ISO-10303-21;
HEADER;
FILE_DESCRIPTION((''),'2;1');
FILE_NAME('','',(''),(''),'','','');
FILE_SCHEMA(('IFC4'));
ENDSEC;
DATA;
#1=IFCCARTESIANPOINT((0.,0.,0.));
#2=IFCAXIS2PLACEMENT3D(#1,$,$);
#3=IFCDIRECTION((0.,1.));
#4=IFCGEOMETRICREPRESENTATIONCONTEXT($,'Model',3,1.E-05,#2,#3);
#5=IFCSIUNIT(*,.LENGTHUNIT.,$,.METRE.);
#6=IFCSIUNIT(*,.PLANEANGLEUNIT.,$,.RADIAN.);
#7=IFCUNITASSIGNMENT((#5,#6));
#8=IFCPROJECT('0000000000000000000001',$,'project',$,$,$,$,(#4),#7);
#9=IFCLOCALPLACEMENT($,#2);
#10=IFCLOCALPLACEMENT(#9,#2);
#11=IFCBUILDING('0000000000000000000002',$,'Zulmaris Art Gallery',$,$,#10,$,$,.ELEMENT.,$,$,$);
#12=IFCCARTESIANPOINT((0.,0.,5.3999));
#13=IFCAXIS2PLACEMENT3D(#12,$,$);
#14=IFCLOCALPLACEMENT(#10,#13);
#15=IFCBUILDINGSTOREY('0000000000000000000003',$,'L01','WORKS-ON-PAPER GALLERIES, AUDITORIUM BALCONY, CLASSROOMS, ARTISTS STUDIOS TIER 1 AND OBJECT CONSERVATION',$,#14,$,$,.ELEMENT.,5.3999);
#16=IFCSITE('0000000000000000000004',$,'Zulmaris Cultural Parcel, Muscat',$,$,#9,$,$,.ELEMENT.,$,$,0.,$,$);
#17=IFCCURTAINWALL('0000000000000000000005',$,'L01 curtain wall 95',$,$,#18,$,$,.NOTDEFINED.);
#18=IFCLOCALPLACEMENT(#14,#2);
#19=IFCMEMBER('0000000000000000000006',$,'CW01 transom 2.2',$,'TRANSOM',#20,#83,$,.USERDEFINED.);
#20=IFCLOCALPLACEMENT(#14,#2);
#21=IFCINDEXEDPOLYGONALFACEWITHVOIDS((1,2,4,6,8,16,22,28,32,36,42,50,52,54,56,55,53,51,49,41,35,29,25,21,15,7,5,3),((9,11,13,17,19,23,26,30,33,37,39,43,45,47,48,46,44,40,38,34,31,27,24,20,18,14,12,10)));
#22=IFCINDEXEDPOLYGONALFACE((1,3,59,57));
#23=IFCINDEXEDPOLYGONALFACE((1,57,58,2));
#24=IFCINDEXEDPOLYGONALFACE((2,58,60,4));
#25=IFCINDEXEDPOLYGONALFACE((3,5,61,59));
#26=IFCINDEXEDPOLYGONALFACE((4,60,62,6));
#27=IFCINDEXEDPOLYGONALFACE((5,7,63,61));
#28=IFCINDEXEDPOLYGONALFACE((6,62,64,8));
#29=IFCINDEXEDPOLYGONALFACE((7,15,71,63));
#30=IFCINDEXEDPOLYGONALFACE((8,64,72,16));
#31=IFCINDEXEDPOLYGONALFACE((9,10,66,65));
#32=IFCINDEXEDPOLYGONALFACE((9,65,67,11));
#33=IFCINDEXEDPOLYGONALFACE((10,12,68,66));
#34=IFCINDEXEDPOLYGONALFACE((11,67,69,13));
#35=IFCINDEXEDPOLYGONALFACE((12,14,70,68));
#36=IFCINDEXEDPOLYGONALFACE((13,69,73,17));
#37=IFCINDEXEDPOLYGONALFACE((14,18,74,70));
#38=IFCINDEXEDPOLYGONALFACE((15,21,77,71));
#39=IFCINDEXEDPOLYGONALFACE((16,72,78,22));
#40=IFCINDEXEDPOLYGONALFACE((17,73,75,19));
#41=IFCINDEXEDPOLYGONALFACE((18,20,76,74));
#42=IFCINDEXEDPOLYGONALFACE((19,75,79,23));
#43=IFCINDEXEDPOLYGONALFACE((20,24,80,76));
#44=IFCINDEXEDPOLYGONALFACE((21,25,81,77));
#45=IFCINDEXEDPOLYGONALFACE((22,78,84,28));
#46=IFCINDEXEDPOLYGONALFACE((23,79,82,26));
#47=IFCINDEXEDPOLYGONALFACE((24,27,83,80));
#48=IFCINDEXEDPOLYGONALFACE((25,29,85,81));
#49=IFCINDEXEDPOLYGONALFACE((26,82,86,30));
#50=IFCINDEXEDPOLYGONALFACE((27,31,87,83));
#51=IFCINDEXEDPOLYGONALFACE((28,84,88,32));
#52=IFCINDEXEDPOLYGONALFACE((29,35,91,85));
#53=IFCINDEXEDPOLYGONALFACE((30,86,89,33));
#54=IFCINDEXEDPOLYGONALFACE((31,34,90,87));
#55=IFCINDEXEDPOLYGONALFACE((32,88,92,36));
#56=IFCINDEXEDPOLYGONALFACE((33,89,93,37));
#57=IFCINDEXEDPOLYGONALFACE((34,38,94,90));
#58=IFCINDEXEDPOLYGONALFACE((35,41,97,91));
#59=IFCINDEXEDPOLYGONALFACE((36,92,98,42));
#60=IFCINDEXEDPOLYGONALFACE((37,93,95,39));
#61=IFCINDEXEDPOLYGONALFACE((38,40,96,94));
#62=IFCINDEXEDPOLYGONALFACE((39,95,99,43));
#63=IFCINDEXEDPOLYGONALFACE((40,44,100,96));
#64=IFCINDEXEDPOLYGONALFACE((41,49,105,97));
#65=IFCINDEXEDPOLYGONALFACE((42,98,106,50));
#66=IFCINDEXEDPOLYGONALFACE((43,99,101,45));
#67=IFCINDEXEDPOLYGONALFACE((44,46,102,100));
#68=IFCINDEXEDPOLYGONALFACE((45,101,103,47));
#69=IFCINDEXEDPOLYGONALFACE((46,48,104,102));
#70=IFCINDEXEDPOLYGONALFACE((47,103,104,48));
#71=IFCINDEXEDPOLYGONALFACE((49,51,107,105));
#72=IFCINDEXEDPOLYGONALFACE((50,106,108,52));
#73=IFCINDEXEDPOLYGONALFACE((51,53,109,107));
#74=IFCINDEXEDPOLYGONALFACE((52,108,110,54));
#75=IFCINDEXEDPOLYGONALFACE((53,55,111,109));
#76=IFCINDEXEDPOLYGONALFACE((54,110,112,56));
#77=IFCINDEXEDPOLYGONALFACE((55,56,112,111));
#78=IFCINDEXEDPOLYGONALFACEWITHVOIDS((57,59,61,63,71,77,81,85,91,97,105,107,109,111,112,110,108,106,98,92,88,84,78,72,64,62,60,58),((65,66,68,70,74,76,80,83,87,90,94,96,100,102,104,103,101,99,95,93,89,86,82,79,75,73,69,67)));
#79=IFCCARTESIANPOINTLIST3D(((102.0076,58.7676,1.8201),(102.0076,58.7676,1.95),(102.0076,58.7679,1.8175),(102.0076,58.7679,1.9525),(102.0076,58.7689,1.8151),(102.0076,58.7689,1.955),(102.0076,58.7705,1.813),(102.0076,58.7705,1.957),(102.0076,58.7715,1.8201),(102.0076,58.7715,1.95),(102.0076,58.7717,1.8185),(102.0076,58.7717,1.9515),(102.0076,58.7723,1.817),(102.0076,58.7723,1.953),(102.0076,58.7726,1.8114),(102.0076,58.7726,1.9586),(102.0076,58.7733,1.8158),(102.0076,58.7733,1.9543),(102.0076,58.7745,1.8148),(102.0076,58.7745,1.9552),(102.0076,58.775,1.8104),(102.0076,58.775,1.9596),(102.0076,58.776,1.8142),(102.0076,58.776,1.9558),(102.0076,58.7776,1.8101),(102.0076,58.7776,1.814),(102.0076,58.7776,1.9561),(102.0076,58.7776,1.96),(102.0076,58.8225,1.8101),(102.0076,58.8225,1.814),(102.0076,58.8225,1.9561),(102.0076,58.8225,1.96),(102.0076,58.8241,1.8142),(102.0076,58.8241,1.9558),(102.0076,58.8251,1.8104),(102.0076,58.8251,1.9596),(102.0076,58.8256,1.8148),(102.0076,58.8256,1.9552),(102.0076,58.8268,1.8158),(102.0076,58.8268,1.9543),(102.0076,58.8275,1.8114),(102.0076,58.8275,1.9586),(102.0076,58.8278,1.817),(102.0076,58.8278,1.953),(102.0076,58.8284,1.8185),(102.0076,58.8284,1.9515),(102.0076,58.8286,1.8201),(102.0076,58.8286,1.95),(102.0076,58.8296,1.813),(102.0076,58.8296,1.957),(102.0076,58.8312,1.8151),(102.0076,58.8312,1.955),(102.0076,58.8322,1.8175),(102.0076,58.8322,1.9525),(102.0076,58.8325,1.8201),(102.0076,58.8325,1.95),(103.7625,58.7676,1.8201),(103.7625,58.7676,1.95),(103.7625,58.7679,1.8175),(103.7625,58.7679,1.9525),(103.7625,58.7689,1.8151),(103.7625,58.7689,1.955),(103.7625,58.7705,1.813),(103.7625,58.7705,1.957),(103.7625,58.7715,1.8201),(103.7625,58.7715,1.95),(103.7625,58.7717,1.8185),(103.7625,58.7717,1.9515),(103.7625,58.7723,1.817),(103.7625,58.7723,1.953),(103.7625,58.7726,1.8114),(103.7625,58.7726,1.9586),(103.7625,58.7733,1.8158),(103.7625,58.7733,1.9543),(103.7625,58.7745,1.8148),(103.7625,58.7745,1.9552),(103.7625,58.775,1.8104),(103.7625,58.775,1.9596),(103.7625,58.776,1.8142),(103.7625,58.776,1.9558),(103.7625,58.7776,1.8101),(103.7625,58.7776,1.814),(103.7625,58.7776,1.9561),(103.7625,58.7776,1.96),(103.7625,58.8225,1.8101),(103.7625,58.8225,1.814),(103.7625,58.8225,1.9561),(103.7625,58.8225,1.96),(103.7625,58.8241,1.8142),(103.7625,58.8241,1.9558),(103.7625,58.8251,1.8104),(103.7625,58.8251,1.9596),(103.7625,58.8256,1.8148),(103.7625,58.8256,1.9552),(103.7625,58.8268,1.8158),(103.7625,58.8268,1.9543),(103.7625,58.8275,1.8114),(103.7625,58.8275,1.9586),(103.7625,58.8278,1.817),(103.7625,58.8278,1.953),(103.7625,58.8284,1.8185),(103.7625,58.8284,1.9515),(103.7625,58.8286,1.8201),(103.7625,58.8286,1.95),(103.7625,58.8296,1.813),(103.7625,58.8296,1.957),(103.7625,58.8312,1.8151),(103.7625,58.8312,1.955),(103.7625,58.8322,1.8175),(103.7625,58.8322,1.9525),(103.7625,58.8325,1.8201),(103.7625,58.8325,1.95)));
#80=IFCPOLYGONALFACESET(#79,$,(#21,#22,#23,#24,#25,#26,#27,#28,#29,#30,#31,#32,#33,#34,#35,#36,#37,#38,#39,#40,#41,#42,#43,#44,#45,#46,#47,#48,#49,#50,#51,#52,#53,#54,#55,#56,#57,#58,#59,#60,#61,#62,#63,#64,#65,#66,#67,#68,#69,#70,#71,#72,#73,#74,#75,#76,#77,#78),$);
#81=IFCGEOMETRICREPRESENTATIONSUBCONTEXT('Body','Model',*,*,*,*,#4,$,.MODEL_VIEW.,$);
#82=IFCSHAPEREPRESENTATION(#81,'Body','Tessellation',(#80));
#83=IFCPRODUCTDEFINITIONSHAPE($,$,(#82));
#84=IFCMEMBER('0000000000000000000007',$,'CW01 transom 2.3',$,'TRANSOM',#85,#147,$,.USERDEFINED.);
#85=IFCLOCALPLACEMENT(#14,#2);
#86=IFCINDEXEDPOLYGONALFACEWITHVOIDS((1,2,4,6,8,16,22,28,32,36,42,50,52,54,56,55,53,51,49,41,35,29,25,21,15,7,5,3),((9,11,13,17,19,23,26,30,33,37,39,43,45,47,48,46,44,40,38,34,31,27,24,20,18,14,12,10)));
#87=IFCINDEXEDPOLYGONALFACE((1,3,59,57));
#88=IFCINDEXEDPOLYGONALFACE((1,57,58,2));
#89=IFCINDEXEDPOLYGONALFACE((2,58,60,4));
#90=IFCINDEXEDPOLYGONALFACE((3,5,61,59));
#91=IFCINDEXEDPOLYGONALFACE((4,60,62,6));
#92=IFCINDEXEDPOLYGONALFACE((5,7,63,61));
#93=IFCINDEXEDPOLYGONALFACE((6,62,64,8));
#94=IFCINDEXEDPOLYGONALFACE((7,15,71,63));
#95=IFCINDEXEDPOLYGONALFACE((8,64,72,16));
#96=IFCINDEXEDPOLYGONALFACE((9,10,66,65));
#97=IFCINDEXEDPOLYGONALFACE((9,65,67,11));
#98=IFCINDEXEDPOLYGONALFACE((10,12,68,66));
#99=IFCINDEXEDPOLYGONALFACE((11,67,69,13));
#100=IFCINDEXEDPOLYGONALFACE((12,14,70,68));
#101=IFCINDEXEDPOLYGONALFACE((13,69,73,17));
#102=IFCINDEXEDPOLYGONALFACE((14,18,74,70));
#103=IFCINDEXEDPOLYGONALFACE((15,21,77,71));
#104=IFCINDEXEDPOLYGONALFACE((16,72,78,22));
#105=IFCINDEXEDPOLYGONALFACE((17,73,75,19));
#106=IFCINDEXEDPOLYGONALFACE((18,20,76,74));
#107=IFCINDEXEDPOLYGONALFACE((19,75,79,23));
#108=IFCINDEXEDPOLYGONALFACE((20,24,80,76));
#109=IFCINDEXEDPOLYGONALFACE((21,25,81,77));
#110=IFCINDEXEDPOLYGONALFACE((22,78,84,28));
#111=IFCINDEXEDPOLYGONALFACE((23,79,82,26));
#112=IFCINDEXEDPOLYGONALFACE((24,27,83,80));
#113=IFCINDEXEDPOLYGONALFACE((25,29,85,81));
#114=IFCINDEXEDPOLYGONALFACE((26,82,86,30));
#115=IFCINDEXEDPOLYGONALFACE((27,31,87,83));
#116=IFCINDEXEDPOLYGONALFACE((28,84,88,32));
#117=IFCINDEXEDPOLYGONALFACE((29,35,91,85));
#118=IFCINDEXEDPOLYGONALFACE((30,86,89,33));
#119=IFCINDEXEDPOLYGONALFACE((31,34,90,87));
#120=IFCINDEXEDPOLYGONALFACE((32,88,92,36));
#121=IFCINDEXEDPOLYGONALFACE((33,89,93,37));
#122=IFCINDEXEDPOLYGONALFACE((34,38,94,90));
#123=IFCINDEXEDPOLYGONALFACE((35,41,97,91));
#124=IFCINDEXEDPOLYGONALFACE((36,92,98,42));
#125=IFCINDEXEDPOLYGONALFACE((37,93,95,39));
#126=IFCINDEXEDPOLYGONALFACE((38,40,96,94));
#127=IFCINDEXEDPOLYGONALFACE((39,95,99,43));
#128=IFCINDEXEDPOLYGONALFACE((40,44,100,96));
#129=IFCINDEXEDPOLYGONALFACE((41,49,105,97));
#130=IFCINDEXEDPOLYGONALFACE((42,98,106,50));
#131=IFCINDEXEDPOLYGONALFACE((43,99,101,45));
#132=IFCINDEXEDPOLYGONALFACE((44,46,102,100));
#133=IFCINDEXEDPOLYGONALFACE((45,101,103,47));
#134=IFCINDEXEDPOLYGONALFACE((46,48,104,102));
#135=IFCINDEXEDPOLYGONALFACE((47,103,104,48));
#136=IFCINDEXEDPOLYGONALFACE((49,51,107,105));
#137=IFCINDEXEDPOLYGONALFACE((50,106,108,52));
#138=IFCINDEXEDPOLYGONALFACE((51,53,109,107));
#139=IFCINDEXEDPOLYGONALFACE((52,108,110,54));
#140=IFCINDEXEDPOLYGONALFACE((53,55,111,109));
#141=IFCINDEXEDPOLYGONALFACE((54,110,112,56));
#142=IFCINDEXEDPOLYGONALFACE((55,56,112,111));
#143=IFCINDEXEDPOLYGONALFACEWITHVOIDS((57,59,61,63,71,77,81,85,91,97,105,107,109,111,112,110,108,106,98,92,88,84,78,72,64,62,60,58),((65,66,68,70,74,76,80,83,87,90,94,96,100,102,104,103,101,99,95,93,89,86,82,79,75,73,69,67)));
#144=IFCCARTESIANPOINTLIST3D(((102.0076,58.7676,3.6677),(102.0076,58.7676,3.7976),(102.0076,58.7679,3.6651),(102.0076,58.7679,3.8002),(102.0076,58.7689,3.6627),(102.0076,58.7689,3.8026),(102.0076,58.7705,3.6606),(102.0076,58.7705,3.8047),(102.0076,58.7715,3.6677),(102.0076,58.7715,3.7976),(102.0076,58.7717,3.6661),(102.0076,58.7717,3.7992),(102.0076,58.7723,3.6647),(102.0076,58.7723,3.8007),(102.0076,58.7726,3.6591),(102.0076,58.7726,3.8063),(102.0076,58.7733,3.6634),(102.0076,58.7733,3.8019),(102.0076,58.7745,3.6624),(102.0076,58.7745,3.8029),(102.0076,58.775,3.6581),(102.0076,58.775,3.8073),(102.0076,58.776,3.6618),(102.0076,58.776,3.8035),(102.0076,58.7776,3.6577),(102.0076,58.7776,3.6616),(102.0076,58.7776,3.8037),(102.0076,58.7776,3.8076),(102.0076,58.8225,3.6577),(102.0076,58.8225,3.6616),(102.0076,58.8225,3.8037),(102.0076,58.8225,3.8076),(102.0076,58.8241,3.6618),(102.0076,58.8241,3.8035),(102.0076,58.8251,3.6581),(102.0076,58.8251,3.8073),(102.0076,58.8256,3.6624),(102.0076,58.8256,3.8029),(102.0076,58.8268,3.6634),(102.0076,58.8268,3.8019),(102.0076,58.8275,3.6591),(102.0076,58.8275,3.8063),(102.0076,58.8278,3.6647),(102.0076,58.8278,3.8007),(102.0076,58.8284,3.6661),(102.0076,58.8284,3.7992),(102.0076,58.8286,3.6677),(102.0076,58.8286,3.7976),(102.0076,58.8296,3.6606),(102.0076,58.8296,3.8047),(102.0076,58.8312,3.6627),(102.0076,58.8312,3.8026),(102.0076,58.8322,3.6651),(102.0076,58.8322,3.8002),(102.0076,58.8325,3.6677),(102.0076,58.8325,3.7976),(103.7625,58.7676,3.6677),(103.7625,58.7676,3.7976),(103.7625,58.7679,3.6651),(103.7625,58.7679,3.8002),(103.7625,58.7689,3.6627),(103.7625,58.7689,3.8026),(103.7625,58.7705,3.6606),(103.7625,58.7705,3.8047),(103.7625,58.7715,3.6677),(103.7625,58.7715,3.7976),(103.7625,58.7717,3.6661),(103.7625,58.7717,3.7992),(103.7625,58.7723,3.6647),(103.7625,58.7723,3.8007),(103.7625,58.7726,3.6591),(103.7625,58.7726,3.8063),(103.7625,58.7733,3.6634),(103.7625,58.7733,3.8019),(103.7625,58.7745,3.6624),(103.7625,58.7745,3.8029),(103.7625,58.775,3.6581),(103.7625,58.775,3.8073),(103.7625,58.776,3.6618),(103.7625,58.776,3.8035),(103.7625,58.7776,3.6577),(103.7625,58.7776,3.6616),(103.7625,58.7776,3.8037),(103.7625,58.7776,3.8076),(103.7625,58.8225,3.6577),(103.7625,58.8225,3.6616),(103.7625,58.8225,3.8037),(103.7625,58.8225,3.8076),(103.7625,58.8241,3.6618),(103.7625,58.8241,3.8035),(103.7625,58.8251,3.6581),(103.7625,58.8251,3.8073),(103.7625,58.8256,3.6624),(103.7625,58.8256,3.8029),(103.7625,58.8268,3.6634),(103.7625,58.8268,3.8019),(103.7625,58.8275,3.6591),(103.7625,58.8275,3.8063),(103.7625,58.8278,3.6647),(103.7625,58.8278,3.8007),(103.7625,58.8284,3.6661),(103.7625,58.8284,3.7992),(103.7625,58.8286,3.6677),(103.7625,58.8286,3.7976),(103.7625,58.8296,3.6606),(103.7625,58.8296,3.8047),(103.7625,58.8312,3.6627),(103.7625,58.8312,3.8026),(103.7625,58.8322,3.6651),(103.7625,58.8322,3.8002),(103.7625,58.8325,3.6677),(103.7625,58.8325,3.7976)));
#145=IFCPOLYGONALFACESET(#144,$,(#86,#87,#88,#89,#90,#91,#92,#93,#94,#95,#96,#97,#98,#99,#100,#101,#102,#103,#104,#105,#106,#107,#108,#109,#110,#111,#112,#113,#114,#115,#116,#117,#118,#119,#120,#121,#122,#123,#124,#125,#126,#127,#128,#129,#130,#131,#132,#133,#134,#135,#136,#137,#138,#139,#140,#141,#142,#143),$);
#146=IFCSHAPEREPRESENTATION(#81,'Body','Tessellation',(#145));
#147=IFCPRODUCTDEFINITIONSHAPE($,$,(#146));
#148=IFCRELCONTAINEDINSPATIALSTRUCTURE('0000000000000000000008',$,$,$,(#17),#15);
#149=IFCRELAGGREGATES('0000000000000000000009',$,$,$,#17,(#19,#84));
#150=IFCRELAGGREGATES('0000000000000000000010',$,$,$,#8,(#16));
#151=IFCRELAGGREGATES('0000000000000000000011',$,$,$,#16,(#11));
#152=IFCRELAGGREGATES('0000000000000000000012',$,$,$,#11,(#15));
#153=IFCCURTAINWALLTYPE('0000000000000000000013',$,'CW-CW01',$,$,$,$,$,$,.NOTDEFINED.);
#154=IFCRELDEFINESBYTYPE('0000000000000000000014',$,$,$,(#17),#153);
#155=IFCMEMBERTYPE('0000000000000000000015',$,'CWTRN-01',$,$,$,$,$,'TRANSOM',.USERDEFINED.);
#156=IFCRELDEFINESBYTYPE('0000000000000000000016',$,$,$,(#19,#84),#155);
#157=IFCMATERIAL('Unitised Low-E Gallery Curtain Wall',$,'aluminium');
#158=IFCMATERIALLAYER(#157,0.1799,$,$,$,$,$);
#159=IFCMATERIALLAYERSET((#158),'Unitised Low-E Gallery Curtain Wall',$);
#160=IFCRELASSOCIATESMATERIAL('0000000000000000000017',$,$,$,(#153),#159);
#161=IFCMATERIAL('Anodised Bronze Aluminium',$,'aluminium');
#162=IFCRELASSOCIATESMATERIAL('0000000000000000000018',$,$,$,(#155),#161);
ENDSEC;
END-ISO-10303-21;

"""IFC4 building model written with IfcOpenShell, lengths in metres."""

from ifc_helpers import new_model, si_unit, direction, frame, origin, origin_2d, place, context, subcontext, project, spatial, hollow_rectangle, extrude, material, layer, layer_set, material_profile, profile_set, type_object, element, aggregate, save


model = new_model("IFC4")

# Units and contexts
model_context = context("Model", 3, precision=1e-05, world=origin(), true_north=direction((0.0, 1.0)))
body_context = subcontext(model_context, "Body", "Model", "MODEL_VIEW")
ifc_project = project(units=[si_unit("LENGTHUNIT", "METRE"), si_unit("PLANEANGLEUNIT", "RADIAN")], contexts=[model_context])

# Site, building, storey
site_placement = place(None, origin())
site = spatial("IfcSite", under=ifc_project, at=site_placement, Name="Zulmaris Cultural Parcel, Muscat", CompositionType="ELEMENT", RefElevation=0.0)
building_placement = place(site_placement, origin())
building = spatial("IfcBuilding", under=site, at=building_placement, Name="Zulmaris Art Gallery", CompositionType="ELEMENT")
storey_placement = place(building_placement, frame((0.0, 0.0, 5.3999)))
storey = spatial("IfcBuildingStorey", under=building, at=storey_placement, Name="L01", Description="WORKS-ON-PAPER GALLERIES, AUDITORIUM BALCONY, CLASSROOMS, ARTISTS STUDIOS TIER 1 AND OBJECT CONSERVATION", CompositionType="ELEMENT", Elevation=5.3999)

# Curtain wall, members
ifc_material_1 = material(Name="Unitised Low-E Gallery Curtain Wall", Category="aluminium")
ifc_layer_1 = layer(ifc_material_1, 0.1799)
ifc_layer_set_1 = layer_set([ifc_layer_1], Name="Unitised Low-E Gallery Curtain Wall")
curtain_wall_type = type_object("IfcCurtainWallType", Name="CW-CW01", PredefinedType="NOTDEFINED", material=ifc_layer_set_1)
curtain_wall_placement = place(storey_placement, origin())
curtain_wall = element("IfcCurtainWall", 1, at=curtain_wall_placement, inside=storey, type_object=curtain_wall_type, Name="L01 curtain wall 95", PredefinedType="NOTDEFINED")
ifc_material_2 = material(Name="Anodised Bronze Aluminium", Category="aluminium")
ifc_material_profile_1 = material_profile(ifc_material_2, hollow_rectangle(XDim=0.0649, YDim=0.1499, WallThickness=0.0039, InnerFilletRadius=0.0061, OuterFilletRadius=0.01, at=origin_2d()), Name="ALU 65x150x4")
ifc_profile_set_1 = profile_set([ifc_material_profile_1], Name="Anodised Bronze Aluminium")
member_type_1 = type_object("IfcMemberType", Name="CWTRN-01", ElementType="TRANSOM", PredefinedType="USERDEFINED", material=ifc_profile_set_1)
member_1_placement = place(storey_placement, frame((102.0076, 58.8, 1.885), z_axis=(1.0, 0.0, 0.0), x_axis=(0.0, 1.0, 0.0)))
member_1 = element("IfcMember", 2, at=member_1_placement, type_object=member_type_1, Name="CW01 transom 2.2", ObjectType="TRANSOM", PredefinedType="USERDEFINED", context=body_context, shape_type="SweptSolid", body=[
    extrude(hollow_rectangle(XDim=0.0649, YDim=0.1499, WallThickness=0.0039, InnerFilletRadius=0.0061, OuterFilletRadius=0.01, at=origin_2d()), origin(), (0.0, 0.0, 1.0), 1.7549),
])
member_2_placement = place(storey_placement, frame((102.0076, 58.8, 3.7327), z_axis=(1.0, 0.0, 0.0), x_axis=(0.0, 1.0, 0.0)))
member_2 = element("IfcMember", 3, at=member_2_placement, type_object=member_type_1, Name="CW01 transom 2.3", ObjectType="TRANSOM", PredefinedType="USERDEFINED", context=body_context, shape_type="SweptSolid", body=[
    extrude(hollow_rectangle(XDim=0.0649, YDim=0.1499, WallThickness=0.0039, InnerFilletRadius=0.0061, OuterFilletRadius=0.01, at=origin_2d()), origin(), (0.0, 0.0, 1.0), 1.7549),
])
aggregate(curtain_wall, [member_1, member_2])

save(model, "model.ifc")
